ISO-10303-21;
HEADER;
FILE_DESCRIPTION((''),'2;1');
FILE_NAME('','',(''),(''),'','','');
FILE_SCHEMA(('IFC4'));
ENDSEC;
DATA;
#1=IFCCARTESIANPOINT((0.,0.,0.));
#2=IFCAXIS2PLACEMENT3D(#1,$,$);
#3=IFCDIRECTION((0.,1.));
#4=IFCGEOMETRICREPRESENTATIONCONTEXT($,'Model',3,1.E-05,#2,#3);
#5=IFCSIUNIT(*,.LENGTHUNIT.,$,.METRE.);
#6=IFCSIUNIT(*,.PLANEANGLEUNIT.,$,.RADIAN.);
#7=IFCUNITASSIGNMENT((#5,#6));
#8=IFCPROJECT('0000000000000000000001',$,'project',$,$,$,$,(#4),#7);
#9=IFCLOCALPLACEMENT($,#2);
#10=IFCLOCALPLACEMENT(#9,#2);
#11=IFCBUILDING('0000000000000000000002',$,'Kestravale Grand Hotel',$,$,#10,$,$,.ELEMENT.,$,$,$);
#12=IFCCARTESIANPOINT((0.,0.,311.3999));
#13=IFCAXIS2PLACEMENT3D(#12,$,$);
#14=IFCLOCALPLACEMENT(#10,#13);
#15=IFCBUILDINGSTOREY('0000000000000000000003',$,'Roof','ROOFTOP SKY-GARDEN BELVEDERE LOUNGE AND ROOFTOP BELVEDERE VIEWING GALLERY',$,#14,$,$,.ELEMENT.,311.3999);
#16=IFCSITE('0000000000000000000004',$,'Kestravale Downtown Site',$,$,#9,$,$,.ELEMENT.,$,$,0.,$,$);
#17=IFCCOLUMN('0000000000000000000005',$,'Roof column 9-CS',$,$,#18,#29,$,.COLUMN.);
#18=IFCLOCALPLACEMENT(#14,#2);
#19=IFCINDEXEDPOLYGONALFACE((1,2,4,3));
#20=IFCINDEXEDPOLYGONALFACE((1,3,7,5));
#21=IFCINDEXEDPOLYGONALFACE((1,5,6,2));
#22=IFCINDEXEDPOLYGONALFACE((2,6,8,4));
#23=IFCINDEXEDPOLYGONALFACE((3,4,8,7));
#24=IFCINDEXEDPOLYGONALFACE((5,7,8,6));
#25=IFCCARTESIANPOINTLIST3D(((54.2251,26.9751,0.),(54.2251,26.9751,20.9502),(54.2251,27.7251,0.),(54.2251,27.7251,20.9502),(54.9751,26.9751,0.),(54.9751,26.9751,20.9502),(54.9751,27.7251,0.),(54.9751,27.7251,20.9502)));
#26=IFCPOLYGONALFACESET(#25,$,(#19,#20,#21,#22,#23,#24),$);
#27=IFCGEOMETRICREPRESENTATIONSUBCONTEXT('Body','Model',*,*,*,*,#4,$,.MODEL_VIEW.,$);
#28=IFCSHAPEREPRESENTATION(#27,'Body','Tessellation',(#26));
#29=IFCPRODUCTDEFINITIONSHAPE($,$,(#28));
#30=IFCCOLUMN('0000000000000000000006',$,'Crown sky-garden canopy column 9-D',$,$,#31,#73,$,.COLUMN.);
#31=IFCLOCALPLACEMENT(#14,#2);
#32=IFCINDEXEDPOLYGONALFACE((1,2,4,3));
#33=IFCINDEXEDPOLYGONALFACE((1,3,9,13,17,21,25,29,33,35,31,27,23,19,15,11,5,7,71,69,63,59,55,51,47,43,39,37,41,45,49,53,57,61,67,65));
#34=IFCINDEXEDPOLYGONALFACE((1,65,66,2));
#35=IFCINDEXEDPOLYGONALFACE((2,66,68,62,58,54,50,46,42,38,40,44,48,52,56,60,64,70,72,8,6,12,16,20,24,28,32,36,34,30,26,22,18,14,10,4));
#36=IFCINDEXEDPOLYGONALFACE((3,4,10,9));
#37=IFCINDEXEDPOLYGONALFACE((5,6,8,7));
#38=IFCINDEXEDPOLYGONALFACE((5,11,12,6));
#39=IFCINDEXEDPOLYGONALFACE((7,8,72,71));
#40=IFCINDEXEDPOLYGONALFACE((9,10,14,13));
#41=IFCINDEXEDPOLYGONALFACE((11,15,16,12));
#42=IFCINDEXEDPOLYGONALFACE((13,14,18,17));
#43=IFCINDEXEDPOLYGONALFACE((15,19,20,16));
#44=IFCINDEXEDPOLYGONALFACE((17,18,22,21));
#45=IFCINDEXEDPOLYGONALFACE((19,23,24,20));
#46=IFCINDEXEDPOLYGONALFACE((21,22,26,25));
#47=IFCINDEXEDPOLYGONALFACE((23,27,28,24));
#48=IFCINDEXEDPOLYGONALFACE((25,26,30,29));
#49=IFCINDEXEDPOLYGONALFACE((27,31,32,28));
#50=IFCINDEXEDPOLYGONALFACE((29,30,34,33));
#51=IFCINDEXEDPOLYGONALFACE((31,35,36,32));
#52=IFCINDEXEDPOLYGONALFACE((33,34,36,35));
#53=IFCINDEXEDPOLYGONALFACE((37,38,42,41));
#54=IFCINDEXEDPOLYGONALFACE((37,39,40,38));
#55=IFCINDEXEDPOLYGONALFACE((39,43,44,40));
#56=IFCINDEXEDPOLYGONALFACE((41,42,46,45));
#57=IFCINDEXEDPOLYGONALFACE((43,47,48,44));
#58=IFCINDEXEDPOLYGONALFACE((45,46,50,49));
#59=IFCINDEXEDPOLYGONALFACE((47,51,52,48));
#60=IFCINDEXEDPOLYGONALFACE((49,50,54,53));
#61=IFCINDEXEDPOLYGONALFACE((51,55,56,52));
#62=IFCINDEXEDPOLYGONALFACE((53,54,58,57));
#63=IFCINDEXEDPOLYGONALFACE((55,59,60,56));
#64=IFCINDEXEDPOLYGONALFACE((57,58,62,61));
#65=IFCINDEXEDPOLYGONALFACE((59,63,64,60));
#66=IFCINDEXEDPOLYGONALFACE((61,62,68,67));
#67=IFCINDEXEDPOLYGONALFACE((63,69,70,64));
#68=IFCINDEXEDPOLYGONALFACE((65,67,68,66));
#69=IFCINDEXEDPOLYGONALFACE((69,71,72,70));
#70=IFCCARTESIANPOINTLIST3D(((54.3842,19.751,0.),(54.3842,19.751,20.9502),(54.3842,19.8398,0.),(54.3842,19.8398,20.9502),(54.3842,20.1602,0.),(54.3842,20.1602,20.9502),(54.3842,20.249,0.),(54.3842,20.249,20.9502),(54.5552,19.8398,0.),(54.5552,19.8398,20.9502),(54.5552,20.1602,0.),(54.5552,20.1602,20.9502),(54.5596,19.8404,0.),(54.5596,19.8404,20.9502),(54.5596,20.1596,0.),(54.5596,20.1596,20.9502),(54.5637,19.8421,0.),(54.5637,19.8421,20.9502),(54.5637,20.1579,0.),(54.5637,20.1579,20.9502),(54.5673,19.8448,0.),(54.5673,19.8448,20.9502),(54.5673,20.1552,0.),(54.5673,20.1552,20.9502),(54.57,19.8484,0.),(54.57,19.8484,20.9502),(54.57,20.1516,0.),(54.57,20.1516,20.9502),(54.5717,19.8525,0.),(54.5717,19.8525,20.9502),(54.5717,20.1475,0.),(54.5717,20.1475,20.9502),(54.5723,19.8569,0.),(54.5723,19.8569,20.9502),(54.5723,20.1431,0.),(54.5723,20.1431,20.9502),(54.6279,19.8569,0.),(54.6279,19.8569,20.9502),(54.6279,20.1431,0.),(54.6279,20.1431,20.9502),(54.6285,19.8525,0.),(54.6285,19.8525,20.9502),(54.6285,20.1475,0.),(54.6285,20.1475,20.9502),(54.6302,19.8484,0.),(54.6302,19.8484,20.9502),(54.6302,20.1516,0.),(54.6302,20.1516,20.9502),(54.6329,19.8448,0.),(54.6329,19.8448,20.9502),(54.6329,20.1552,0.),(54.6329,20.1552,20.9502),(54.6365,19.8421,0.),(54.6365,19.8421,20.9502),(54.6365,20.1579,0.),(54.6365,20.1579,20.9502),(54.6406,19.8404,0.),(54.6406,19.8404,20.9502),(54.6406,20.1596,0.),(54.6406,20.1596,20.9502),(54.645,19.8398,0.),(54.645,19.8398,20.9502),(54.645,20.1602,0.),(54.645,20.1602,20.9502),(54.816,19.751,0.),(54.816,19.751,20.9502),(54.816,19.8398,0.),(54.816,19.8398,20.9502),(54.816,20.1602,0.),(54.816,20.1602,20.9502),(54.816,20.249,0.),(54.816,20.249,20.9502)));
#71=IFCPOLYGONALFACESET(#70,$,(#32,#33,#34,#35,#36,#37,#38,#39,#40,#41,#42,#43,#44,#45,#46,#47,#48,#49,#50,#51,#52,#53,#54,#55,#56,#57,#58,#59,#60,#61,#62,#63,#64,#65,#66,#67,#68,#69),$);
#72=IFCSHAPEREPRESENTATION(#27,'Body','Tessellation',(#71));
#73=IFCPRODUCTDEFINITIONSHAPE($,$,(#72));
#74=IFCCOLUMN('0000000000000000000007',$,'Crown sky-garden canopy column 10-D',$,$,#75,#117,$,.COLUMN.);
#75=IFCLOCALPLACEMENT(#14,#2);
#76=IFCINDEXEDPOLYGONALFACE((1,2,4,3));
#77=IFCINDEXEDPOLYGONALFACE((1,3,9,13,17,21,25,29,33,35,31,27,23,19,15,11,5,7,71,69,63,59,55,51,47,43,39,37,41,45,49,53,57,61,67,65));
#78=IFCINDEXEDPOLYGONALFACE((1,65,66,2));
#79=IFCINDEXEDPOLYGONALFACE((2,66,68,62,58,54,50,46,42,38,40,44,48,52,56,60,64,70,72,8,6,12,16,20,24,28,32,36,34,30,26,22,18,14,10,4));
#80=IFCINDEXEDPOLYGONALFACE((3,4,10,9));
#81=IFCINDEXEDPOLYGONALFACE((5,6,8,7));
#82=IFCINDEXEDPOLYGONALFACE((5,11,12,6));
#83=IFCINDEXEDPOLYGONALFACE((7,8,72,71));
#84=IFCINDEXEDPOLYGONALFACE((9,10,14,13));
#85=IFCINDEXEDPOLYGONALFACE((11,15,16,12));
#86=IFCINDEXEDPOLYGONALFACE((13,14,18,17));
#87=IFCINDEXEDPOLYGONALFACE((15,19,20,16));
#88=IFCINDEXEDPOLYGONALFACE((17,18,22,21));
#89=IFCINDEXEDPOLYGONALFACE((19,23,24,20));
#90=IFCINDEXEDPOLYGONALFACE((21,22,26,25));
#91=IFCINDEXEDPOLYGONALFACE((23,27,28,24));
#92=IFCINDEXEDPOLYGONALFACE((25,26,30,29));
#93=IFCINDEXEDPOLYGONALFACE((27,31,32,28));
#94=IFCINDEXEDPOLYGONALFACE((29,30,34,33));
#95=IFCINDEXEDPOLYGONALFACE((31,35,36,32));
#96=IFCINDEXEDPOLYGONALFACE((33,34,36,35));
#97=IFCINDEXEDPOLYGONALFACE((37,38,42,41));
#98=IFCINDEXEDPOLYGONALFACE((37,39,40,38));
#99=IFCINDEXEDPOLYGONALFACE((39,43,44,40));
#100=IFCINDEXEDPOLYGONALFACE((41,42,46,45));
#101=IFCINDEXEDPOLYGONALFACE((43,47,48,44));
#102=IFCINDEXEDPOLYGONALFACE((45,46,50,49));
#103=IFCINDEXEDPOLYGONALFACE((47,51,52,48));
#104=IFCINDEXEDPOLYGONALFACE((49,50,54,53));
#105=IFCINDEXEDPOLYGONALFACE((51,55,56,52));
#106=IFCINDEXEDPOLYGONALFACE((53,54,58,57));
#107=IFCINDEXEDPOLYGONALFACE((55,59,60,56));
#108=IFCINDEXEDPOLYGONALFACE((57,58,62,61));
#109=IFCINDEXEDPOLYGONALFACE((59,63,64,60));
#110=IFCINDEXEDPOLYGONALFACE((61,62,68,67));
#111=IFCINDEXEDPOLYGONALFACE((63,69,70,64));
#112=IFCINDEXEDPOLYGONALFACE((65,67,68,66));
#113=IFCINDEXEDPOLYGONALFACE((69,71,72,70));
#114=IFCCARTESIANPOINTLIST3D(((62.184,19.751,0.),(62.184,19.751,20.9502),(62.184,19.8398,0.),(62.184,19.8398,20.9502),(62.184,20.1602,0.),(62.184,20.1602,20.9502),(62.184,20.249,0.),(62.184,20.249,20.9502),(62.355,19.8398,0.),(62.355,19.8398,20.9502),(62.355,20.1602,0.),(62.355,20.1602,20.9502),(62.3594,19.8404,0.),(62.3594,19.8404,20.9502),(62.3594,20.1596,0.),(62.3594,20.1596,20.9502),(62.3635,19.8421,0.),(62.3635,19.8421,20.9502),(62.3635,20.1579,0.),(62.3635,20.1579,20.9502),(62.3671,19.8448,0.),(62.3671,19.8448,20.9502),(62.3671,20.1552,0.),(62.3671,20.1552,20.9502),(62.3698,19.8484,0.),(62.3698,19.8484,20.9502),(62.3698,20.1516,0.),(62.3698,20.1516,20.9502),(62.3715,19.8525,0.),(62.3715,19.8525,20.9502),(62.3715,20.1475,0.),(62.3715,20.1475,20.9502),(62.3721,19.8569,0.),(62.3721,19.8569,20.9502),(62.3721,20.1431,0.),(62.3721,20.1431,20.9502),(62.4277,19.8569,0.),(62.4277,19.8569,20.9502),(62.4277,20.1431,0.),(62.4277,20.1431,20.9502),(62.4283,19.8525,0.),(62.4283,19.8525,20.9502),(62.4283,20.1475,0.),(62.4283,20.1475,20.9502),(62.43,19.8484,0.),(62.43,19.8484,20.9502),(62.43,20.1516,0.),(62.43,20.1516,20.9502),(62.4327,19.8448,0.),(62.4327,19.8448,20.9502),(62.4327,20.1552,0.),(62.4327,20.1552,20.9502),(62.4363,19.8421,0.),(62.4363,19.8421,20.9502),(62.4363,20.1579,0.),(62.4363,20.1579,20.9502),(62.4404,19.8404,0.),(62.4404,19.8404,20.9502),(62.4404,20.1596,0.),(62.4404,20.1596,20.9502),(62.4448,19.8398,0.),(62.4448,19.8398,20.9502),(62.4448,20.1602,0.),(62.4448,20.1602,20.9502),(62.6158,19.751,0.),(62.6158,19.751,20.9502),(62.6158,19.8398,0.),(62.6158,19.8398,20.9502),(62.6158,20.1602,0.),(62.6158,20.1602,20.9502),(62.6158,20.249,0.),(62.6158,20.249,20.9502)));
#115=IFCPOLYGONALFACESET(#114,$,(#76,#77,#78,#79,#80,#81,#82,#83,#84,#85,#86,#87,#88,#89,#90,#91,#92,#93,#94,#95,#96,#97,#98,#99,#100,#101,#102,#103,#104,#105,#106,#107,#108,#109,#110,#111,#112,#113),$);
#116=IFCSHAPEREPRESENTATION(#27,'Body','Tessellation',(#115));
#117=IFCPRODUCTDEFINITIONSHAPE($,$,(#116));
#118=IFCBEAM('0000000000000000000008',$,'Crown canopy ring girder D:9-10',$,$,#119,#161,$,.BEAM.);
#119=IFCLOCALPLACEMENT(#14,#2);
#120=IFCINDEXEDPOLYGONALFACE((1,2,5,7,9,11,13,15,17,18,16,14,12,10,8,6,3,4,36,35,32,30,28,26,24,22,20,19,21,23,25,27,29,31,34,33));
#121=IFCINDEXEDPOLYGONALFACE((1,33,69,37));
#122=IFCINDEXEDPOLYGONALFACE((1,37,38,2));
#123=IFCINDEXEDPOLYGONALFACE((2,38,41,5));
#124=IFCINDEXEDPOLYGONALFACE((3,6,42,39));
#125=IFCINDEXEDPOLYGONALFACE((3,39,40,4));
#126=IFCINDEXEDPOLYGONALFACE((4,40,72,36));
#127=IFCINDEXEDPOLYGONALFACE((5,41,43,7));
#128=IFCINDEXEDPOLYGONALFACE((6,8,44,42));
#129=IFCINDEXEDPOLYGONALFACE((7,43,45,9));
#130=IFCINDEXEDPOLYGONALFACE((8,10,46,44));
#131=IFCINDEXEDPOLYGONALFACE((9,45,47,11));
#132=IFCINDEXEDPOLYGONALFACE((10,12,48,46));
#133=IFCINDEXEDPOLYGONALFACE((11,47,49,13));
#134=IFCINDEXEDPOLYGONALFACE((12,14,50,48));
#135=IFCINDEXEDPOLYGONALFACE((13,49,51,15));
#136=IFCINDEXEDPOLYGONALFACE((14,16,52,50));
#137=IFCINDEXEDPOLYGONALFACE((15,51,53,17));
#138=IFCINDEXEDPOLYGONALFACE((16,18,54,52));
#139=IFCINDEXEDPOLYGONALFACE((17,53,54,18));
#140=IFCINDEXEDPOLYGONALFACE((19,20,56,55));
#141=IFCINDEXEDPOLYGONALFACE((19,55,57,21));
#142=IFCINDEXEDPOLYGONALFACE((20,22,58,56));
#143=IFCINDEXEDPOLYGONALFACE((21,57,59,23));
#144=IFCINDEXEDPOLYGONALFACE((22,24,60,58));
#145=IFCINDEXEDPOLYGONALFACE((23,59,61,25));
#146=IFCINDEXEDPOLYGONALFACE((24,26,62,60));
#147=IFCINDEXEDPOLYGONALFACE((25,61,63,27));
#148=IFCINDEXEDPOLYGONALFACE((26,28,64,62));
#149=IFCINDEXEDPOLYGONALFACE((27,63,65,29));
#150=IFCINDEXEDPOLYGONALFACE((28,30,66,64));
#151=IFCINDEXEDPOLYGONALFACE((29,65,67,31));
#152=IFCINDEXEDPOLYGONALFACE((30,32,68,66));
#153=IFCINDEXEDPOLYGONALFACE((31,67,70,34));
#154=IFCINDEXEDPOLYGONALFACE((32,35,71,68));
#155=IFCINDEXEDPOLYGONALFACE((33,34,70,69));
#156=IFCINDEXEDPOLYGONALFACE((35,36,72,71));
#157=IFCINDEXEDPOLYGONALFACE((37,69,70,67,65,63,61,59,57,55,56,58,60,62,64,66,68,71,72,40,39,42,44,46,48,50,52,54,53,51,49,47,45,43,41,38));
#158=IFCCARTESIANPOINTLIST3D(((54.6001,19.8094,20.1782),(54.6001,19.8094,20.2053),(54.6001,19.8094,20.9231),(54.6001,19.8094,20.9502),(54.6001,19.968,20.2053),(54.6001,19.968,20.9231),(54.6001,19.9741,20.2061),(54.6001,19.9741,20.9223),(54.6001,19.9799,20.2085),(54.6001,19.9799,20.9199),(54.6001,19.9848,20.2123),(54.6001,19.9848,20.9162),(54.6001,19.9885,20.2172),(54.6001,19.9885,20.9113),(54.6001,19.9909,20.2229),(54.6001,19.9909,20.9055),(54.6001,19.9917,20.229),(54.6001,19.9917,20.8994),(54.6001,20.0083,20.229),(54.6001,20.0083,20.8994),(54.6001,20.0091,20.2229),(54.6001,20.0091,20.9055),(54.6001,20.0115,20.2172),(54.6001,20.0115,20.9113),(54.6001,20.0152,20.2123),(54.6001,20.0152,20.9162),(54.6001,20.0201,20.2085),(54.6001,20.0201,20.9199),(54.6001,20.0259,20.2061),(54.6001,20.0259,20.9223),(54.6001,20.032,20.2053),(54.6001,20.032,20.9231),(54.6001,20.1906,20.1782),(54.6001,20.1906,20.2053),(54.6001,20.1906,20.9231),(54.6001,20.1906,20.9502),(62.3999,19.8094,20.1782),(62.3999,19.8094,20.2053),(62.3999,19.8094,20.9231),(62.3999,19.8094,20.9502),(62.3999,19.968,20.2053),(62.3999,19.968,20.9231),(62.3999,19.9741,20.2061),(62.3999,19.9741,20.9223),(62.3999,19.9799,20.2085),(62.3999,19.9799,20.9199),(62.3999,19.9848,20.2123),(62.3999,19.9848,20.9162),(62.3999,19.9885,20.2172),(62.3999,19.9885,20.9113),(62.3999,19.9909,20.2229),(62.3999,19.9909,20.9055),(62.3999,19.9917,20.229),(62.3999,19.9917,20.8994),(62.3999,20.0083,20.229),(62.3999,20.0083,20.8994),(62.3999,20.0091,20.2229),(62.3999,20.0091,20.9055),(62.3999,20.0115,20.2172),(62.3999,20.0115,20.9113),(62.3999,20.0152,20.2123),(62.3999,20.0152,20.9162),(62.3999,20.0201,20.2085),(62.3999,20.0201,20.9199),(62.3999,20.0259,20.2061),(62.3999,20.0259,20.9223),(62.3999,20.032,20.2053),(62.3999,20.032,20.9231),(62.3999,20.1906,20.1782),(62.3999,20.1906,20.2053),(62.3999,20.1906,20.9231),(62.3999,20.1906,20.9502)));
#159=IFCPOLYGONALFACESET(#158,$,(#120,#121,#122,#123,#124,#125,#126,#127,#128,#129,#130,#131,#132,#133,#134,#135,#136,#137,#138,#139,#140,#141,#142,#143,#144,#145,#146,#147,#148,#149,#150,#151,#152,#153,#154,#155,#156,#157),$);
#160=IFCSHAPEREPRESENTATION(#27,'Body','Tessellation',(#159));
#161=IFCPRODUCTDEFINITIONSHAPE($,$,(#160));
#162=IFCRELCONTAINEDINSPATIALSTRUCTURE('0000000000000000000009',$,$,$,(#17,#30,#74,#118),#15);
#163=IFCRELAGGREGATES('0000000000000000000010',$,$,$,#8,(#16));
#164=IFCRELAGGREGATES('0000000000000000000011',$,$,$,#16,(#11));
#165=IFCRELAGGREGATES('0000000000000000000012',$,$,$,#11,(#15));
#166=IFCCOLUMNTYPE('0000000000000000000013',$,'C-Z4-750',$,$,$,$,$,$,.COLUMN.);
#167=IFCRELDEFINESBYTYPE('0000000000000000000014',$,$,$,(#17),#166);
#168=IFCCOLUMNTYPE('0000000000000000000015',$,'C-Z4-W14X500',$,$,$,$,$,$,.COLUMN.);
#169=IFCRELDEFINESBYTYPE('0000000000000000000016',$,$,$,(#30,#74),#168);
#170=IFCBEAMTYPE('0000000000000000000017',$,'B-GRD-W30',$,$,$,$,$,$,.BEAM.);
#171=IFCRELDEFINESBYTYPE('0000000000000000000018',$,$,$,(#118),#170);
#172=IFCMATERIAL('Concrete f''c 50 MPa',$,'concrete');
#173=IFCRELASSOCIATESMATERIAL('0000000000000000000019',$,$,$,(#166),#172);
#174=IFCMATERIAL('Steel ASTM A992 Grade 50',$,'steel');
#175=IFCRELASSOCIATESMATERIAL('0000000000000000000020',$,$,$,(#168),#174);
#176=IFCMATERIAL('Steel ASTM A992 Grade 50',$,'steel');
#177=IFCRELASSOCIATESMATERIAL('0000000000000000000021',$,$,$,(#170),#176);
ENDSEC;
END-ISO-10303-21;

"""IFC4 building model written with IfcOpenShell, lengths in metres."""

from ifc_helpers import new_model, si_unit, direction, frame, origin, origin_2d, place, context, subcontext, project, spatial, rectangle, i_section, extrude, material, material_profile, profile_set, type_object, element, save


model = new_model("IFC4")

# Units and contexts
model_context = context("Model", 3, precision=1e-05, world=origin(), true_north=direction((0.0, 1.0)))
body_context = subcontext(model_context, "Body", "Model", "MODEL_VIEW")
ifc_project = project(units=[si_unit("LENGTHUNIT", "METRE"), si_unit("PLANEANGLEUNIT", "RADIAN")], contexts=[model_context])

# Site, building, storey
site_placement = place(None, origin())
site = spatial("IfcSite", under=ifc_project, at=site_placement, Name="Kestravale Downtown Site", CompositionType="ELEMENT", RefElevation=0.0)
building_placement = place(site_placement, origin())
building = spatial("IfcBuilding", under=site, at=building_placement, Name="Kestravale Grand Hotel", CompositionType="ELEMENT")
storey_placement = place(building_placement, frame((0.0, 0.0, 311.3999)))
storey = spatial("IfcBuildingStorey", under=building, at=storey_placement, Name="Roof", Description="ROOFTOP SKY-GARDEN BELVEDERE LOUNGE AND ROOFTOP BELVEDERE VIEWING GALLERY", CompositionType="ELEMENT", Elevation=311.3999)

# Columns
ifc_material_1 = material(Name="Concrete f'c 50 MPa", Category="concrete")
ifc_material_profile_1 = material_profile(ifc_material_1, rectangle(XDim=0.75, YDim=0.75, at=origin_2d()))
ifc_profile_set_1 = profile_set([ifc_material_profile_1], Name="Concrete f'c 50 MPa")
column_type_1 = type_object("IfcColumnType", Name="C-Z4-750", PredefinedType="COLUMN", material=ifc_profile_set_1)
column_placement = place(storey_placement, frame((54.6001, 27.3501, 0.0), z_axis=(0.0, 0.0, 1.0), x_axis=(1.0, 0.0, 0.0)))
element("IfcColumn", 1, at=column_placement, inside=storey, type_object=column_type_1, Name="Roof column 9-CS", PredefinedType="COLUMN", context=body_context, shape_type="SweptSolid", body=[
    extrude(rectangle(XDim=0.75, YDim=0.75, at=origin_2d()), origin(), (0.0, 0.0, 1.0), 20.9502),
])
ifc_material_2 = material(Name="Steel ASTM A992 Grade 50", Category="steel")
ifc_material_profile_2 = material_profile(ifc_material_2, i_section(OverallWidth=0.4319, OverallDepth=0.498, WebThickness=0.0557, FlangeThickness=0.0889, FilletRadius=0.0171, at=origin_2d()))
ifc_profile_set_2 = profile_set([ifc_material_profile_2], Name="Steel ASTM A992 Grade 50")
column_type_2 = type_object("IfcColumnType", Name="C-Z4-W14X500", PredefinedType="COLUMN", material=ifc_profile_set_2)
for number, where, z_axis, x_axis, name in (
    (2, (54.6001, 20.0, 0.0), (0.0, 0.0, 1.0), (1.0, 0.0, 0.0), "Crown sky-garden canopy column 9-D"),
    (3, (62.3999, 20.0, 0.0), (0.0, 0.0, 1.0), (1.0, 0.0, 0.0), "Crown sky-garden canopy column 10-D"),
):
    element("IfcColumn", number, at=place(storey_placement, frame(where, z_axis=z_axis, x_axis=x_axis)), inside=storey, type_object=column_type_2, Name=name, PredefinedType="COLUMN", context=body_context, shape_type="SweptSolid", body=[
        extrude(i_section(OverallWidth=0.4319, OverallDepth=0.498, WebThickness=0.0557, FlangeThickness=0.0889, FilletRadius=0.0171, at=origin_2d()), origin(), (0.0, 0.0, 1.0), 20.9502),
    ])

# Beam
ifc_material_3 = material(Name="Steel ASTM A992 Grade 50", Category="steel")
ifc_material_profile_3 = material_profile(ifc_material_3, i_section(OverallWidth=0.3811, OverallDepth=0.772, WebThickness=0.0166, FlangeThickness=0.0271, FilletRadius=0.0237, at=origin_2d()))
ifc_profile_set_3 = profile_set([ifc_material_profile_3], Name="Steel ASTM A992 Grade 50")
beam_type = type_object("IfcBeamType", Name="B-GRD-W30", PredefinedType="BEAM", material=ifc_profile_set_3)
beam_1_placement = place(storey_placement, frame((54.6001, 20.0, 20.5642), z_axis=(1.0, 0.0, 0.0), x_axis=(0.0, 1.0, 0.0)))
element("IfcBeam", 4, at=beam_1_placement, inside=storey, type_object=beam_type, Name="Crown canopy ring girder D:9-10", PredefinedType="BEAM", context=body_context, shape_type="SweptSolid", body=[
    extrude(i_section(OverallWidth=0.3811, OverallDepth=0.772, WebThickness=0.0166, FlangeThickness=0.0271, FilletRadius=0.0237, at=origin_2d()), origin(), (0.0, 0.0, 1.0), 7.7998),
])

save(model, "model.ifc")
